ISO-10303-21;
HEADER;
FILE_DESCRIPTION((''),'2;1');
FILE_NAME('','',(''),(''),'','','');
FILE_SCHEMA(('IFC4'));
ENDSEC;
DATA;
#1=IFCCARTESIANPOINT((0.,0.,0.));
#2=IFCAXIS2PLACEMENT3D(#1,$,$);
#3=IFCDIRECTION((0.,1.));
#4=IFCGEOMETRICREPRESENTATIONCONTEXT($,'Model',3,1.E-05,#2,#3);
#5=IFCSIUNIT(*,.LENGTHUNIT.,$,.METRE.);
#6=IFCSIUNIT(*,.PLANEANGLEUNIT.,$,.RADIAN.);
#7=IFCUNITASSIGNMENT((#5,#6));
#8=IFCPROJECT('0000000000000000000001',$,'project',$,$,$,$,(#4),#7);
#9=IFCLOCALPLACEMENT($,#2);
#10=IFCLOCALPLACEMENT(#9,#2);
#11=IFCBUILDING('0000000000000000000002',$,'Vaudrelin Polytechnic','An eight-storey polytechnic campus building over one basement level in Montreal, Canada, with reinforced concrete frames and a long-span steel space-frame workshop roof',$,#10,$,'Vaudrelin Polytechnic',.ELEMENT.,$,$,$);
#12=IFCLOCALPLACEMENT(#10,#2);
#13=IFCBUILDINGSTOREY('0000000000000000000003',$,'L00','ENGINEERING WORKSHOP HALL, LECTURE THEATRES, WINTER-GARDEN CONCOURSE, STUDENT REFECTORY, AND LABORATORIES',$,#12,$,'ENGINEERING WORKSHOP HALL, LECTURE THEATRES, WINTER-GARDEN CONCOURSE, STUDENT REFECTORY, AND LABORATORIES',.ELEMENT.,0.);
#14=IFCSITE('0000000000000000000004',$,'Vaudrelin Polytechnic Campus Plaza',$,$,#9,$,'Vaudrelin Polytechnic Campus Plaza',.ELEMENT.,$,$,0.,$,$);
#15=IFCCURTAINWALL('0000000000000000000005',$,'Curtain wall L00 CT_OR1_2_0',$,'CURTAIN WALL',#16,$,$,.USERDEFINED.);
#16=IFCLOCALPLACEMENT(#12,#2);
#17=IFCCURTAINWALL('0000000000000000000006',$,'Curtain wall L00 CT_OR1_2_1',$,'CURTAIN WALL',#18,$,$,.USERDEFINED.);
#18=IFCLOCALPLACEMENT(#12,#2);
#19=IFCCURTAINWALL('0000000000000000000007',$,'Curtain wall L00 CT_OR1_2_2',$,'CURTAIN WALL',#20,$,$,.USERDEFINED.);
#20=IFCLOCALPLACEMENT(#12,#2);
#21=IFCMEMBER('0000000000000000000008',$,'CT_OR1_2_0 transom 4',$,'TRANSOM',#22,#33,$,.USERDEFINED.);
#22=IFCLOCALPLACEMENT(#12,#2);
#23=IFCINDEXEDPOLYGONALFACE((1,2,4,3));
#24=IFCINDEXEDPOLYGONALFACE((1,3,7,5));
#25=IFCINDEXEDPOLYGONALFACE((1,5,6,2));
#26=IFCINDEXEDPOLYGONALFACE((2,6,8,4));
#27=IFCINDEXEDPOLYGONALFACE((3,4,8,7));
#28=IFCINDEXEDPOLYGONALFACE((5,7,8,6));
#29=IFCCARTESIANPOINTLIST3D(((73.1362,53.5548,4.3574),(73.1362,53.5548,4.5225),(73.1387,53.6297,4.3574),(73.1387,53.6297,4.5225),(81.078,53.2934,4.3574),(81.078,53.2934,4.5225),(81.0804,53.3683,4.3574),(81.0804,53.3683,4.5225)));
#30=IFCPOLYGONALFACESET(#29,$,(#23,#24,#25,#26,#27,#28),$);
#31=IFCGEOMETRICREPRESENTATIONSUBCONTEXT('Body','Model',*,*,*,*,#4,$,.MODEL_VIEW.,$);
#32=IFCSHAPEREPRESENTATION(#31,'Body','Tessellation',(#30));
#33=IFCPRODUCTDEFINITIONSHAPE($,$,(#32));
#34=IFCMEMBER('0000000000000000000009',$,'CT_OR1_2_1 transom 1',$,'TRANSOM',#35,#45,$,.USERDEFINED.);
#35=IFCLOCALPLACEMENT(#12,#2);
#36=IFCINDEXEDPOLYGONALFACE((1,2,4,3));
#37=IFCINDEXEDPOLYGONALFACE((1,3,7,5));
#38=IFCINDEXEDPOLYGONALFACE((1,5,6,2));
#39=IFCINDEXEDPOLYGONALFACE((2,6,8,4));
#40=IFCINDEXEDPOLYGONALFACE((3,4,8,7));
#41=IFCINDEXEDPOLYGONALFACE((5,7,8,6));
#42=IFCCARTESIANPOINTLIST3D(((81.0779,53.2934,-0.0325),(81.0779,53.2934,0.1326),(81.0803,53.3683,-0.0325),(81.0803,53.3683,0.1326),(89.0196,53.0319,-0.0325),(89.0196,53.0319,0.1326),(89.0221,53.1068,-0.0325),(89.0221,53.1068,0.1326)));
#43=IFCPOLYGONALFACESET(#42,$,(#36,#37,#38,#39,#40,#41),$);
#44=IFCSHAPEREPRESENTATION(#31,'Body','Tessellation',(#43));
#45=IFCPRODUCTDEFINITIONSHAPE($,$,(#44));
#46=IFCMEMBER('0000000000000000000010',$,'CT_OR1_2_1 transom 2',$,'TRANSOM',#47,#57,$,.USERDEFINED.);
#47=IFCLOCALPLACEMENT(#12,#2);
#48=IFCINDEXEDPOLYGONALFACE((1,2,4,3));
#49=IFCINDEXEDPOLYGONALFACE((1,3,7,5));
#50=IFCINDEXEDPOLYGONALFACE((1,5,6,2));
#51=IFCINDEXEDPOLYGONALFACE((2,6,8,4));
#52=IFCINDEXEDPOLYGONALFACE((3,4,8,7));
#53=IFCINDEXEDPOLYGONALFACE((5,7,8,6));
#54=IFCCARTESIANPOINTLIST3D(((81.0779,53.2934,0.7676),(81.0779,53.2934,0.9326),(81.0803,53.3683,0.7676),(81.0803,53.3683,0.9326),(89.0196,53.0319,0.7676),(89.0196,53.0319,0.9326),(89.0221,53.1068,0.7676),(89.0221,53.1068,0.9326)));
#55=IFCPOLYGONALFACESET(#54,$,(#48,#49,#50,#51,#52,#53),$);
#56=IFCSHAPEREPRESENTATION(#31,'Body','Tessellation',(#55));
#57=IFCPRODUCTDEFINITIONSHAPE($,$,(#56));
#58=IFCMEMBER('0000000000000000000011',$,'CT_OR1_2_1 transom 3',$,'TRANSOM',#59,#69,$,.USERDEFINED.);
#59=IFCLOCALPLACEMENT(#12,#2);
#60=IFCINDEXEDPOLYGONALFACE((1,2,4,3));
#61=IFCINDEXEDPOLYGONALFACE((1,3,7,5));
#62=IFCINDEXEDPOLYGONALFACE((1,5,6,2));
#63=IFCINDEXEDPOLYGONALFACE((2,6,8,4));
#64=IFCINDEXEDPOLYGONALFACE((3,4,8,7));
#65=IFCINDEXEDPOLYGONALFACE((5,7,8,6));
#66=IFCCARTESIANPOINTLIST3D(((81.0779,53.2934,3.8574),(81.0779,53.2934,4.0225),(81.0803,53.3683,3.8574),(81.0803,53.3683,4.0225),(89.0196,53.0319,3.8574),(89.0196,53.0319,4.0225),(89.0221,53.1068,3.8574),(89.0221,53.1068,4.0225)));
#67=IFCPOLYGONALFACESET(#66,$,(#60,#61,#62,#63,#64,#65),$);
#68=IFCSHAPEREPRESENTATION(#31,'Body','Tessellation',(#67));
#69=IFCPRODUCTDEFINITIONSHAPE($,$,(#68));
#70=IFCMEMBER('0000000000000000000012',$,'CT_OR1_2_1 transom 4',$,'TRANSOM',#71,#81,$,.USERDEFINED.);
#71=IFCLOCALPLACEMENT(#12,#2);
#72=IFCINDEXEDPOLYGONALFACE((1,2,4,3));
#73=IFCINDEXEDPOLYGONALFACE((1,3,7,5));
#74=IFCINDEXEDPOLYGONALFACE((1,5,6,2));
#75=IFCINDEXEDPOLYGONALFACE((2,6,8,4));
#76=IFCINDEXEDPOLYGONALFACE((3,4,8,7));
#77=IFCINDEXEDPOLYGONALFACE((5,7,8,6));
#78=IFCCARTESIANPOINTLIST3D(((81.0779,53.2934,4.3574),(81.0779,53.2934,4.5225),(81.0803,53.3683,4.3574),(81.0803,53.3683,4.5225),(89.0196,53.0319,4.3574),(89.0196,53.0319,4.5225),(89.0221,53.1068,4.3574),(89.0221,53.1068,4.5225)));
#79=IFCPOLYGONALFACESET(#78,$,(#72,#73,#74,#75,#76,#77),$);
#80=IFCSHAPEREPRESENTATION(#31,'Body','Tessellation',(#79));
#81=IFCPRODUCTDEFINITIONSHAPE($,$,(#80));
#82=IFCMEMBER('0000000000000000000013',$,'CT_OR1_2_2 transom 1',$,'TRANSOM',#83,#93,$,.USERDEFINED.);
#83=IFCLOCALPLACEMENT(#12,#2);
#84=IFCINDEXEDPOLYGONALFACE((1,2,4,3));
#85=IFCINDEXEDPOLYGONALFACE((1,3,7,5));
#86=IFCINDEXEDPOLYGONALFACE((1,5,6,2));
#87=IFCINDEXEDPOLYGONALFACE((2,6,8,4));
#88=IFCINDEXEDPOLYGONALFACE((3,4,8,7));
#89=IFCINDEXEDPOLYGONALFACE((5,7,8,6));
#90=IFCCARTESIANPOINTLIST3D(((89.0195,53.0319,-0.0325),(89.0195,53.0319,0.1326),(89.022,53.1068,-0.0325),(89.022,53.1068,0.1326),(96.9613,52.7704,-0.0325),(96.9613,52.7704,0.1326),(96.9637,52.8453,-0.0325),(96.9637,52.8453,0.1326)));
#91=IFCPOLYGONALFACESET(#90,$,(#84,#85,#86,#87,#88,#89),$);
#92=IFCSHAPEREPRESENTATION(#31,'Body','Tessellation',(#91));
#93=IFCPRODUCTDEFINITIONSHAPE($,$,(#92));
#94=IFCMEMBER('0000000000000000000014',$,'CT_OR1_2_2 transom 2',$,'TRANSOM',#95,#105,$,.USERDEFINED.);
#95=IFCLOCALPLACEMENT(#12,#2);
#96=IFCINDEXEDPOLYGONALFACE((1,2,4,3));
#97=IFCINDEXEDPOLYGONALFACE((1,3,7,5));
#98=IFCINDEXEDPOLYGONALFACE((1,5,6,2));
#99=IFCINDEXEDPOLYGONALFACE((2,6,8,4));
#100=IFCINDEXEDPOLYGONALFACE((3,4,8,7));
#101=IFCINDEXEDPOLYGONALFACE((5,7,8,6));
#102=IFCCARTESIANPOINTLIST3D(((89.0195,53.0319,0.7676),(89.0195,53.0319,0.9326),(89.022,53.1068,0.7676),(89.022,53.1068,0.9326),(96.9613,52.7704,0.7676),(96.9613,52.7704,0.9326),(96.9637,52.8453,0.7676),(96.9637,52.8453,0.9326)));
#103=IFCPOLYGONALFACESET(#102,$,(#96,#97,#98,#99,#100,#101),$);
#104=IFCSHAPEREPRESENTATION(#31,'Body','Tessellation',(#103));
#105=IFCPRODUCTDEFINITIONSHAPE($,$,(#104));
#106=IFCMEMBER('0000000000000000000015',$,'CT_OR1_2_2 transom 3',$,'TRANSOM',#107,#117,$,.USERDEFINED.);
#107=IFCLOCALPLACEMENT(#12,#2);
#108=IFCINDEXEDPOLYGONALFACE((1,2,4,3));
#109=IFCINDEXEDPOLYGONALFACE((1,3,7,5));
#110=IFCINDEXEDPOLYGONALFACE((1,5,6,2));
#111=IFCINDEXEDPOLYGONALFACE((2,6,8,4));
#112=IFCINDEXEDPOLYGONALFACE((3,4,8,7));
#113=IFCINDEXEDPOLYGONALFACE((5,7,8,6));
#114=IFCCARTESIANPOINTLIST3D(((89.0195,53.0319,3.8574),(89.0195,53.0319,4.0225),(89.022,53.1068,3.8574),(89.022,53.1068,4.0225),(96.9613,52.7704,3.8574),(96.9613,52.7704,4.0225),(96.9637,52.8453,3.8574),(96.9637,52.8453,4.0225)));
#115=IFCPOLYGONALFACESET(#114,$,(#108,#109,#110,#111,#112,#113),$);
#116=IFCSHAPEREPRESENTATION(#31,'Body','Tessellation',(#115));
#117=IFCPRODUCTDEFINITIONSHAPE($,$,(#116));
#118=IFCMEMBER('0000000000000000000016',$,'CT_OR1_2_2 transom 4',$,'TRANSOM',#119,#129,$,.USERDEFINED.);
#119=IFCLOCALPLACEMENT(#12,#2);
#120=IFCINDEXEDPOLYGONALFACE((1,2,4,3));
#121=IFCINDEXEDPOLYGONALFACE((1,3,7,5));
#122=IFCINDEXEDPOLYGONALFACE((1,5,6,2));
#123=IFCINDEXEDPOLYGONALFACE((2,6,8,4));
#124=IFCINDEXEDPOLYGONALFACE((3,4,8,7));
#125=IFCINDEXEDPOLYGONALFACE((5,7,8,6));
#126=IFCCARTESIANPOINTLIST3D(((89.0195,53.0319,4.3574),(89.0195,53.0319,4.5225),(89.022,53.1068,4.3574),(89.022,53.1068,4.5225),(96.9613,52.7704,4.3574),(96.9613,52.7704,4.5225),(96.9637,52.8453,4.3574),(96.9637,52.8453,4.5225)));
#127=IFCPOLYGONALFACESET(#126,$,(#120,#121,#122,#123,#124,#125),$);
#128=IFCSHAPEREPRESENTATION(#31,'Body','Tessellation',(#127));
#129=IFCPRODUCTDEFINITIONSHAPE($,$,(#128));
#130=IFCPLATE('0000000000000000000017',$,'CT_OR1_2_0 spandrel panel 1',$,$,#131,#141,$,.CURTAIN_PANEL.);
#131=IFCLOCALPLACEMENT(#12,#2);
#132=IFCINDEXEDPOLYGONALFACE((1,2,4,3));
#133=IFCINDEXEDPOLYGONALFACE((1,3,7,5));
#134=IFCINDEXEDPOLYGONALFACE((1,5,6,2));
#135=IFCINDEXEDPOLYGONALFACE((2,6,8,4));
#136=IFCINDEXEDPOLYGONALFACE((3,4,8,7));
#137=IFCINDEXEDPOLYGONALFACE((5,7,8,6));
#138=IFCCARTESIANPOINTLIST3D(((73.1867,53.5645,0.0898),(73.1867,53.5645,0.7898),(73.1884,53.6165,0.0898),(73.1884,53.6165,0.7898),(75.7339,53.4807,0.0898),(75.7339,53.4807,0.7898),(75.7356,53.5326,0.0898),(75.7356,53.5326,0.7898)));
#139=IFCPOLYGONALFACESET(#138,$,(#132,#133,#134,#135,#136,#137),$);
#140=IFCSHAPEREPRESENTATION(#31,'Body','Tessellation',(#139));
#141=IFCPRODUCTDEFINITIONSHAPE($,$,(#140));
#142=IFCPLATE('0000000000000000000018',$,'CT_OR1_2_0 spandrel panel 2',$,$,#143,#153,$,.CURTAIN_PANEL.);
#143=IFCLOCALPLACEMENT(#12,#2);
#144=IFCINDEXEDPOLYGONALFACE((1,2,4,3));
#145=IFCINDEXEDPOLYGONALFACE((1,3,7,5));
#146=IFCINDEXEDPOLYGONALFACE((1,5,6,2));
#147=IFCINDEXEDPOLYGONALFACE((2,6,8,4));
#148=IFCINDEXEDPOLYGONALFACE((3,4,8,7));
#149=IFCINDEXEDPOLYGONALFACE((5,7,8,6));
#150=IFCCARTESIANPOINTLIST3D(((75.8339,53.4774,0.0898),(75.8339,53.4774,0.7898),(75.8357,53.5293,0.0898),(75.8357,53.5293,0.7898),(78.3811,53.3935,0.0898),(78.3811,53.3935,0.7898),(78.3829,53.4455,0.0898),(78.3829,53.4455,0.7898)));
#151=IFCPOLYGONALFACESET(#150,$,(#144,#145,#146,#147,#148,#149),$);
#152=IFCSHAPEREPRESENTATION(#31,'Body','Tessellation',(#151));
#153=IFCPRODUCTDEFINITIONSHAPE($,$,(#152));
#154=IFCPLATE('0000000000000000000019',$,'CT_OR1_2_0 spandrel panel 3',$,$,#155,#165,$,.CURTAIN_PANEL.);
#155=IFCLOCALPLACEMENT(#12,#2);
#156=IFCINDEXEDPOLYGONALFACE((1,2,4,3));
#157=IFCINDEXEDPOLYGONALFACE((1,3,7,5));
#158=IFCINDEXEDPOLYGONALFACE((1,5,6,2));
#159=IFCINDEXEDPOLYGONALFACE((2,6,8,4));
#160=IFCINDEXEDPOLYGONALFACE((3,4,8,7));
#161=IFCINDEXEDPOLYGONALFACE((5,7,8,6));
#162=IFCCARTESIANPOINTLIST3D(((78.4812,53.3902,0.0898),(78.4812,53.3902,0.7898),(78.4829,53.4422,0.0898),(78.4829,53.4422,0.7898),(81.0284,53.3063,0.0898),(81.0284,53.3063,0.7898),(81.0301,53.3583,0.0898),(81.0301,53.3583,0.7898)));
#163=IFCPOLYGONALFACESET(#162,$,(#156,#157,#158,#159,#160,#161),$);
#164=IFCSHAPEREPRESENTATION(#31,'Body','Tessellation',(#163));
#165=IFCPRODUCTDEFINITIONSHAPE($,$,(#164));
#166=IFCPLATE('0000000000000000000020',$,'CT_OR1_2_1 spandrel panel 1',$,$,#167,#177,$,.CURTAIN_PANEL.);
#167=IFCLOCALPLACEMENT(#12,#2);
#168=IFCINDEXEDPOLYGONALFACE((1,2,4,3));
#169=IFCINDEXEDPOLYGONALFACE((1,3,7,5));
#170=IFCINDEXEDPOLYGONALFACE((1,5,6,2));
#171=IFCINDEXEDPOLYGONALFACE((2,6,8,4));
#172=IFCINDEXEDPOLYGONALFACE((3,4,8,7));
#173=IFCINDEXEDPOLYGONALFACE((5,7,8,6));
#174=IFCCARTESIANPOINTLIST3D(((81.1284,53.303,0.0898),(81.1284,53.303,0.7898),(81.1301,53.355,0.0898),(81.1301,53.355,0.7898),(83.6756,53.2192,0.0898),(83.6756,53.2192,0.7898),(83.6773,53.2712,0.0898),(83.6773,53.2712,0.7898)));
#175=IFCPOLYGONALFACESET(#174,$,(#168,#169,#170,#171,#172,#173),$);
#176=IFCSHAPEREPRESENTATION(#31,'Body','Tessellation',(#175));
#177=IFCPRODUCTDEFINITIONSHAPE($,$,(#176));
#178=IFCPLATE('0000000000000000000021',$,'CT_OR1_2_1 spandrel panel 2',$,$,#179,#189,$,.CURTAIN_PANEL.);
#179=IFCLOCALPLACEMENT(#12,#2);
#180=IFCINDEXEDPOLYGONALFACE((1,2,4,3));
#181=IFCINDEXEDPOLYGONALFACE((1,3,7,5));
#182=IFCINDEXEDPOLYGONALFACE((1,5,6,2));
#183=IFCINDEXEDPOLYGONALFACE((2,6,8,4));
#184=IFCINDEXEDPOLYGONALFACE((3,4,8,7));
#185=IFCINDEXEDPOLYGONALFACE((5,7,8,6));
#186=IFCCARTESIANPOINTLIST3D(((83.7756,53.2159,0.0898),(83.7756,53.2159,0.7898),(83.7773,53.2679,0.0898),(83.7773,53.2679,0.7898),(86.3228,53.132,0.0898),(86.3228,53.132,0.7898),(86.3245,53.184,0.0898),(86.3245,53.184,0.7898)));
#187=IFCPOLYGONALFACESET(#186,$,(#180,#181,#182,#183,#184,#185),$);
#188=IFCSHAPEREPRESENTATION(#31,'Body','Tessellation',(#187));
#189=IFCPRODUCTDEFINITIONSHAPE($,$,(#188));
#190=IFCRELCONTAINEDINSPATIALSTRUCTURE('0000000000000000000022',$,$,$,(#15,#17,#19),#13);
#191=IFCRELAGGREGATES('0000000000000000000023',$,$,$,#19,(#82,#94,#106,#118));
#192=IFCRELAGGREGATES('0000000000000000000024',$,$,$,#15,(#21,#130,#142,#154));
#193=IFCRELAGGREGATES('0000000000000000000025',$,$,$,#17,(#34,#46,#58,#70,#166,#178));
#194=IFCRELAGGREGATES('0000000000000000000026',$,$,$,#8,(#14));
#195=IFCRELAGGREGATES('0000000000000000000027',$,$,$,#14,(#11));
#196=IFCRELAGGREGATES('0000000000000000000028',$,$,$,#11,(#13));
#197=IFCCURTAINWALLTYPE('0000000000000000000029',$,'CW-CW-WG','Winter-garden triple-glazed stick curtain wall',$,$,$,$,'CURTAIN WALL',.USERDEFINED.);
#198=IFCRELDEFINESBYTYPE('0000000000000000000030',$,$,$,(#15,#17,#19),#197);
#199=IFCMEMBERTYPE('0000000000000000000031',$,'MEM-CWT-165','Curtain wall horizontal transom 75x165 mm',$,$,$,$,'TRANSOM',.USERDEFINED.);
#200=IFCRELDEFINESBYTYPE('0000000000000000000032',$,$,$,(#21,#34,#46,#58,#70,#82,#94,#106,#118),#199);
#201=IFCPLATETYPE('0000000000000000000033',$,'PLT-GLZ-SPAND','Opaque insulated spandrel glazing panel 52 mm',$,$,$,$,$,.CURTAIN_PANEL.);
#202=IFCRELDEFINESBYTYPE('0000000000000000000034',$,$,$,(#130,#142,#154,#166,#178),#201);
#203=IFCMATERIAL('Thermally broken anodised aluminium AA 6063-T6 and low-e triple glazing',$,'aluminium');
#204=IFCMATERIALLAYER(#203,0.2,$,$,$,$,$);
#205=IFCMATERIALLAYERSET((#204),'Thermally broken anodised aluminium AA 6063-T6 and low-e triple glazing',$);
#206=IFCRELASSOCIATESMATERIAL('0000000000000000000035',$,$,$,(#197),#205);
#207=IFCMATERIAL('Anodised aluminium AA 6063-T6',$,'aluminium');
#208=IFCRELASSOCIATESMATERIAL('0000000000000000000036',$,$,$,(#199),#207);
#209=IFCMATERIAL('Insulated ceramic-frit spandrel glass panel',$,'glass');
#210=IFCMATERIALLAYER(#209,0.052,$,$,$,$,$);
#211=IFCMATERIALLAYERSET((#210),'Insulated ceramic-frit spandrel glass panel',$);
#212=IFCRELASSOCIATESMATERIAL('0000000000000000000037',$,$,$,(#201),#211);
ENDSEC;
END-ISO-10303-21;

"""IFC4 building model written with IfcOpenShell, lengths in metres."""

from ifc_helpers import new_model, si_unit, direction, frame, origin, origin_2d, place, context, subcontext, project, spatial, rectangle, extrude, material, layer, layer_set, material_profile, profile_set, type_object, element, aggregate, save


model = new_model("IFC4")

# Units and contexts
model_context = context("Model", 3, precision=1e-05, world=origin(), true_north=direction((0.0, 1.0)))
body_context = subcontext(model_context, "Body", "Model", "MODEL_VIEW")
ifc_project = project(units=[si_unit("LENGTHUNIT", "METRE"), si_unit("PLANEANGLEUNIT", "RADIAN")], contexts=[model_context])

# Site, building, storey
site_placement = place(None, origin())
site = spatial("IfcSite", under=ifc_project, at=site_placement, Name="Vaudrelin Polytechnic Campus Plaza", LongName="Vaudrelin Polytechnic Campus Plaza", CompositionType="ELEMENT", RefElevation=0.0)
building_placement = place(site_placement, origin())
building = spatial("IfcBuilding", under=site, at=building_placement, Name="Vaudrelin Polytechnic", Description="An eight-storey polytechnic campus building over one basement level in Montreal, Canada, with reinforced concrete frames and a long-span steel space-frame workshop roof", LongName="Vaudrelin Polytechnic", CompositionType="ELEMENT")
storey_placement = place(building_placement, origin())
storey = spatial("IfcBuildingStorey", under=building, at=storey_placement, Name="L00", Description="ENGINEERING WORKSHOP HALL, LECTURE THEATRES, WINTER-GARDEN CONCOURSE, STUDENT REFECTORY, AND LABORATORIES", LongName="ENGINEERING WORKSHOP HALL, LECTURE THEATRES, WINTER-GARDEN CONCOURSE, STUDENT REFECTORY, AND LABORATORIES", CompositionType="ELEMENT", Elevation=0.0)

# Curtain walls
ifc_material_1 = material(Name="Thermally broken anodised aluminium AA 6063-T6 and low-e triple glazing", Category="aluminium")
ifc_layer_1 = layer(ifc_material_1, 0.2)
ifc_layer_set_1 = layer_set([ifc_layer_1], Name="Thermally broken anodised aluminium AA 6063-T6 and low-e triple glazing")
curtain_wall_type = type_object("IfcCurtainWallType", Name="CW-CW-WG", Description="Winter-garden triple-glazed stick curtain wall", ElementType="CURTAIN WALL", PredefinedType="USERDEFINED", material=ifc_layer_set_1)
curtain_wall_1_placement = place(storey_placement, origin())
curtain_wall_1 = element("IfcCurtainWall", 1, at=curtain_wall_1_placement, inside=storey, type_object=curtain_wall_type, Name="Curtain wall L00 CT_OR1_2_0", ObjectType="CURTAIN WALL", PredefinedType="USERDEFINED")
ifc_material_2 = material(Name="Anodised aluminium AA 6063-T6", Category="aluminium")
curtain_wall_2_placement = place(storey_placement, origin())
curtain_wall_2 = element("IfcCurtainWall", 2, at=curtain_wall_2_placement, inside=storey, type_object=curtain_wall_type, Name="Curtain wall L00 CT_OR1_2_1", ObjectType="CURTAIN WALL", PredefinedType="USERDEFINED")

# Curtain wall
curtain_wall_3_placement = place(storey_placement, origin())
curtain_wall_3 = element("IfcCurtainWall", 3, at=curtain_wall_3_placement, inside=storey, type_object=curtain_wall_type, Name="Curtain wall L00 CT_OR1_2_2", ObjectType="CURTAIN WALL", PredefinedType="USERDEFINED")

# Members
ifc_material_profile_1 = material_profile(ifc_material_2, rectangle(XDim=0.075, YDim=0.165, at=origin_2d()), Name="CWT-75x165")
ifc_profile_set_1 = profile_set([ifc_material_profile_1], Name="Anodised aluminium AA 6063-T6")
member_type_1 = type_object("IfcMemberType", Name="MEM-CWT-165", Description="Curtain wall horizontal transom 75x165 mm", ElementType="TRANSOM", PredefinedType="USERDEFINED", material=ifc_profile_set_1)
member_1_placement = place(storey_placement, frame((73.1375, 53.5923, 4.4399), z_axis=(0.999458, -0.032907, 0.0), x_axis=(0.032907, 0.999458, 0.0)))
member_1 = element("IfcMember", 4, at=member_1_placement, type_object=member_type_1, Name="CT_OR1_2_0 transom 4", ObjectType="TRANSOM", PredefinedType="USERDEFINED", context=body_context, shape_type="SweptSolid", body=[
    extrude(rectangle(XDim=0.075, YDim=0.165, at=origin_2d()), origin(), (0.0, 0.0, 1.0), 7.946),
])
member_2_placement = place(storey_placement, frame((81.0791, 53.3308, 0.05), z_axis=(0.999458, -0.032907, 0.0), x_axis=(0.032907, 0.999458, 0.0)))
member_2 = element("IfcMember", 5, at=member_2_placement, type_object=member_type_1, Name="CT_OR1_2_1 transom 1", ObjectType="TRANSOM", PredefinedType="USERDEFINED", context=body_context, shape_type="SweptSolid", body=[
    extrude(rectangle(XDim=0.075, YDim=0.165, at=origin_2d()), origin(), (0.0, 0.0, 1.0), 7.946),
])
member_3_placement = place(storey_placement, frame((81.0791, 53.3308, 0.8501), z_axis=(0.999458, -0.032907, 0.0), x_axis=(0.032907, 0.999458, 0.0)))
member_3 = element("IfcMember", 6, at=member_3_placement, type_object=member_type_1, Name="CT_OR1_2_1 transom 2", ObjectType="TRANSOM", PredefinedType="USERDEFINED", context=body_context, shape_type="SweptSolid", body=[
    extrude(rectangle(XDim=0.075, YDim=0.165, at=origin_2d()), origin(), (0.0, 0.0, 1.0), 7.946),
])
member_4_placement = place(storey_placement, frame((81.0791, 53.3308, 3.9399), z_axis=(0.999458, -0.032907, 0.0), x_axis=(0.032907, 0.999458, 0.0)))
member_4 = element("IfcMember", 7, at=member_4_placement, type_object=member_type_1, Name="CT_OR1_2_1 transom 3", ObjectType="TRANSOM", PredefinedType="USERDEFINED", context=body_context, shape_type="SweptSolid", body=[
    extrude(rectangle(XDim=0.075, YDim=0.165, at=origin_2d()), origin(), (0.0, 0.0, 1.0), 7.946),
])
member_5_placement = place(storey_placement, frame((81.0791, 53.3308, 4.4399), z_axis=(0.999458, -0.032907, 0.0), x_axis=(0.032907, 0.999458, 0.0)))
member_5 = element("IfcMember", 8, at=member_5_placement, type_object=member_type_1, Name="CT_OR1_2_1 transom 4", ObjectType="TRANSOM", PredefinedType="USERDEFINED", context=body_context, shape_type="SweptSolid", body=[
    extrude(rectangle(XDim=0.075, YDim=0.165, at=origin_2d()), origin(), (0.0, 0.0, 1.0), 7.946),
])
member_6_placement = place(storey_placement, frame((89.0208, 53.0693, 0.05), z_axis=(0.999458, -0.032907, 0.0), x_axis=(0.032907, 0.999458, 0.0)))
member_6 = element("IfcMember", 9, at=member_6_placement, type_object=member_type_1, Name="CT_OR1_2_2 transom 1", ObjectType="TRANSOM", PredefinedType="USERDEFINED", context=body_context, shape_type="SweptSolid", body=[
    extrude(rectangle(XDim=0.075, YDim=0.165, at=origin_2d()), origin(), (0.0, 0.0, 1.0), 7.946),
])
member_7_placement = place(storey_placement, frame((89.0208, 53.0693, 0.8501), z_axis=(0.999458, -0.032907, 0.0), x_axis=(0.032907, 0.999458, 0.0)))
member_7 = element("IfcMember", 10, at=member_7_placement, type_object=member_type_1, Name="CT_OR1_2_2 transom 2", ObjectType="TRANSOM", PredefinedType="USERDEFINED", context=body_context, shape_type="SweptSolid", body=[
    extrude(rectangle(XDim=0.075, YDim=0.165, at=origin_2d()), origin(), (0.0, 0.0, 1.0), 7.946),
])
member_8_placement = place(storey_placement, frame((89.0208, 53.0693, 3.9399), z_axis=(0.999458, -0.032907, 0.0), x_axis=(0.032907, 0.999458, 0.0)))
member_8 = element("IfcMember", 11, at=member_8_placement, type_object=member_type_1, Name="CT_OR1_2_2 transom 3", ObjectType="TRANSOM", PredefinedType="USERDEFINED", context=body_context, shape_type="SweptSolid", body=[
    extrude(rectangle(XDim=0.075, YDim=0.165, at=origin_2d()), origin(), (0.0, 0.0, 1.0), 7.946),
])
member_9_placement = place(storey_placement, frame((89.0208, 53.0693, 4.4399), z_axis=(0.999458, -0.032907, 0.0), x_axis=(0.032907, 0.999458, 0.0)))
member_9 = element("IfcMember", 12, at=member_9_placement, type_object=member_type_1, Name="CT_OR1_2_2 transom 4", ObjectType="TRANSOM", PredefinedType="USERDEFINED", context=body_context, shape_type="SweptSolid", body=[
    extrude(rectangle(XDim=0.075, YDim=0.165, at=origin_2d()), origin(), (0.0, 0.0, 1.0), 7.946),
])
aggregate(curtain_wall_3, [member_6, member_7, member_8, member_9])

# Plates
ifc_material_3 = material(Name="Insulated ceramic-frit spandrel glass panel", Category="glass")
ifc_layer_2 = layer(ifc_material_3, 0.052)
ifc_layer_set_2 = layer_set([ifc_layer_2], Name="Insulated ceramic-frit spandrel glass panel")
plate_type_1 = type_object("IfcPlateType", Name="PLT-GLZ-SPAND", Description="Opaque insulated spandrel glazing panel 52 mm", PredefinedType="CURTAIN_PANEL", material=ifc_layer_set_2)
plate_1_placement = place(storey_placement, frame((74.4612, 53.5486, 0.0898), z_axis=(0.0, 0.0, 1.0), x_axis=(0.999458, -0.03291, 0.0)))
plate_1 = element("IfcPlate", 13, at=plate_1_placement, type_object=plate_type_1, Name="CT_OR1_2_0 spandrel panel 1", PredefinedType="CURTAIN_PANEL", context=body_context, shape_type="SweptSolid", body=[
    extrude(rectangle(XDim=2.5486, YDim=0.052, at=origin_2d()), origin(), (0.0, 0.0, 1.0), 0.7),
])
plate_2_placement = place(storey_placement, frame((77.1084, 53.4614, 0.0898), z_axis=(0.0, 0.0, 1.0), x_axis=(0.999458, -0.03291, 0.0)))
plate_2 = element("IfcPlate", 14, at=plate_2_placement, type_object=plate_type_1, Name="CT_OR1_2_0 spandrel panel 2", PredefinedType="CURTAIN_PANEL", context=body_context, shape_type="SweptSolid", body=[
    extrude(rectangle(XDim=2.5486, YDim=0.052, at=origin_2d()), origin(), (0.0, 0.0, 1.0), 0.7),
])
plate_3_placement = place(storey_placement, frame((79.7556, 53.3743, 0.0898), z_axis=(0.0, 0.0, 1.0), x_axis=(0.999458, -0.03291, 0.0)))
plate_3 = element("IfcPlate", 15, at=plate_3_placement, type_object=plate_type_1, Name="CT_OR1_2_0 spandrel panel 3", PredefinedType="CURTAIN_PANEL", context=body_context, shape_type="SweptSolid", body=[
    extrude(rectangle(XDim=2.5486, YDim=0.052, at=origin_2d()), origin(), (0.0, 0.0, 1.0), 0.7),
])
plate_4_placement = place(storey_placement, frame((82.4028, 53.2871, 0.0898), z_axis=(0.0, 0.0, 1.0), x_axis=(0.999459, -0.032897, 0.0)))
plate_4 = element("IfcPlate", 16, at=plate_4_placement, type_object=plate_type_1, Name="CT_OR1_2_1 spandrel panel 1", PredefinedType="CURTAIN_PANEL", context=body_context, shape_type="SweptSolid", body=[
    extrude(rectangle(XDim=2.5486, YDim=0.052, at=origin_2d()), origin(), (0.0, 0.0, 1.0), 0.7),
])
plate_5_placement = place(storey_placement, frame((85.05, 53.2, 0.0898), z_axis=(0.0, 0.0, 1.0), x_axis=(0.999459, -0.032897, 0.0)))
plate_5 = element("IfcPlate", 17, at=plate_5_placement, type_object=plate_type_1, Name="CT_OR1_2_1 spandrel panel 2", PredefinedType="CURTAIN_PANEL", context=body_context, shape_type="SweptSolid", body=[
    extrude(rectangle(XDim=2.5486, YDim=0.052, at=origin_2d()), origin(), (0.0, 0.0, 1.0), 0.7),
])
aggregate(curtain_wall_1, [member_1, plate_1, plate_2, plate_3])
aggregate(curtain_wall_2, [member_2, member_3, member_4, member_5, plate_4, plate_5])

save(model, "model.ifc")
